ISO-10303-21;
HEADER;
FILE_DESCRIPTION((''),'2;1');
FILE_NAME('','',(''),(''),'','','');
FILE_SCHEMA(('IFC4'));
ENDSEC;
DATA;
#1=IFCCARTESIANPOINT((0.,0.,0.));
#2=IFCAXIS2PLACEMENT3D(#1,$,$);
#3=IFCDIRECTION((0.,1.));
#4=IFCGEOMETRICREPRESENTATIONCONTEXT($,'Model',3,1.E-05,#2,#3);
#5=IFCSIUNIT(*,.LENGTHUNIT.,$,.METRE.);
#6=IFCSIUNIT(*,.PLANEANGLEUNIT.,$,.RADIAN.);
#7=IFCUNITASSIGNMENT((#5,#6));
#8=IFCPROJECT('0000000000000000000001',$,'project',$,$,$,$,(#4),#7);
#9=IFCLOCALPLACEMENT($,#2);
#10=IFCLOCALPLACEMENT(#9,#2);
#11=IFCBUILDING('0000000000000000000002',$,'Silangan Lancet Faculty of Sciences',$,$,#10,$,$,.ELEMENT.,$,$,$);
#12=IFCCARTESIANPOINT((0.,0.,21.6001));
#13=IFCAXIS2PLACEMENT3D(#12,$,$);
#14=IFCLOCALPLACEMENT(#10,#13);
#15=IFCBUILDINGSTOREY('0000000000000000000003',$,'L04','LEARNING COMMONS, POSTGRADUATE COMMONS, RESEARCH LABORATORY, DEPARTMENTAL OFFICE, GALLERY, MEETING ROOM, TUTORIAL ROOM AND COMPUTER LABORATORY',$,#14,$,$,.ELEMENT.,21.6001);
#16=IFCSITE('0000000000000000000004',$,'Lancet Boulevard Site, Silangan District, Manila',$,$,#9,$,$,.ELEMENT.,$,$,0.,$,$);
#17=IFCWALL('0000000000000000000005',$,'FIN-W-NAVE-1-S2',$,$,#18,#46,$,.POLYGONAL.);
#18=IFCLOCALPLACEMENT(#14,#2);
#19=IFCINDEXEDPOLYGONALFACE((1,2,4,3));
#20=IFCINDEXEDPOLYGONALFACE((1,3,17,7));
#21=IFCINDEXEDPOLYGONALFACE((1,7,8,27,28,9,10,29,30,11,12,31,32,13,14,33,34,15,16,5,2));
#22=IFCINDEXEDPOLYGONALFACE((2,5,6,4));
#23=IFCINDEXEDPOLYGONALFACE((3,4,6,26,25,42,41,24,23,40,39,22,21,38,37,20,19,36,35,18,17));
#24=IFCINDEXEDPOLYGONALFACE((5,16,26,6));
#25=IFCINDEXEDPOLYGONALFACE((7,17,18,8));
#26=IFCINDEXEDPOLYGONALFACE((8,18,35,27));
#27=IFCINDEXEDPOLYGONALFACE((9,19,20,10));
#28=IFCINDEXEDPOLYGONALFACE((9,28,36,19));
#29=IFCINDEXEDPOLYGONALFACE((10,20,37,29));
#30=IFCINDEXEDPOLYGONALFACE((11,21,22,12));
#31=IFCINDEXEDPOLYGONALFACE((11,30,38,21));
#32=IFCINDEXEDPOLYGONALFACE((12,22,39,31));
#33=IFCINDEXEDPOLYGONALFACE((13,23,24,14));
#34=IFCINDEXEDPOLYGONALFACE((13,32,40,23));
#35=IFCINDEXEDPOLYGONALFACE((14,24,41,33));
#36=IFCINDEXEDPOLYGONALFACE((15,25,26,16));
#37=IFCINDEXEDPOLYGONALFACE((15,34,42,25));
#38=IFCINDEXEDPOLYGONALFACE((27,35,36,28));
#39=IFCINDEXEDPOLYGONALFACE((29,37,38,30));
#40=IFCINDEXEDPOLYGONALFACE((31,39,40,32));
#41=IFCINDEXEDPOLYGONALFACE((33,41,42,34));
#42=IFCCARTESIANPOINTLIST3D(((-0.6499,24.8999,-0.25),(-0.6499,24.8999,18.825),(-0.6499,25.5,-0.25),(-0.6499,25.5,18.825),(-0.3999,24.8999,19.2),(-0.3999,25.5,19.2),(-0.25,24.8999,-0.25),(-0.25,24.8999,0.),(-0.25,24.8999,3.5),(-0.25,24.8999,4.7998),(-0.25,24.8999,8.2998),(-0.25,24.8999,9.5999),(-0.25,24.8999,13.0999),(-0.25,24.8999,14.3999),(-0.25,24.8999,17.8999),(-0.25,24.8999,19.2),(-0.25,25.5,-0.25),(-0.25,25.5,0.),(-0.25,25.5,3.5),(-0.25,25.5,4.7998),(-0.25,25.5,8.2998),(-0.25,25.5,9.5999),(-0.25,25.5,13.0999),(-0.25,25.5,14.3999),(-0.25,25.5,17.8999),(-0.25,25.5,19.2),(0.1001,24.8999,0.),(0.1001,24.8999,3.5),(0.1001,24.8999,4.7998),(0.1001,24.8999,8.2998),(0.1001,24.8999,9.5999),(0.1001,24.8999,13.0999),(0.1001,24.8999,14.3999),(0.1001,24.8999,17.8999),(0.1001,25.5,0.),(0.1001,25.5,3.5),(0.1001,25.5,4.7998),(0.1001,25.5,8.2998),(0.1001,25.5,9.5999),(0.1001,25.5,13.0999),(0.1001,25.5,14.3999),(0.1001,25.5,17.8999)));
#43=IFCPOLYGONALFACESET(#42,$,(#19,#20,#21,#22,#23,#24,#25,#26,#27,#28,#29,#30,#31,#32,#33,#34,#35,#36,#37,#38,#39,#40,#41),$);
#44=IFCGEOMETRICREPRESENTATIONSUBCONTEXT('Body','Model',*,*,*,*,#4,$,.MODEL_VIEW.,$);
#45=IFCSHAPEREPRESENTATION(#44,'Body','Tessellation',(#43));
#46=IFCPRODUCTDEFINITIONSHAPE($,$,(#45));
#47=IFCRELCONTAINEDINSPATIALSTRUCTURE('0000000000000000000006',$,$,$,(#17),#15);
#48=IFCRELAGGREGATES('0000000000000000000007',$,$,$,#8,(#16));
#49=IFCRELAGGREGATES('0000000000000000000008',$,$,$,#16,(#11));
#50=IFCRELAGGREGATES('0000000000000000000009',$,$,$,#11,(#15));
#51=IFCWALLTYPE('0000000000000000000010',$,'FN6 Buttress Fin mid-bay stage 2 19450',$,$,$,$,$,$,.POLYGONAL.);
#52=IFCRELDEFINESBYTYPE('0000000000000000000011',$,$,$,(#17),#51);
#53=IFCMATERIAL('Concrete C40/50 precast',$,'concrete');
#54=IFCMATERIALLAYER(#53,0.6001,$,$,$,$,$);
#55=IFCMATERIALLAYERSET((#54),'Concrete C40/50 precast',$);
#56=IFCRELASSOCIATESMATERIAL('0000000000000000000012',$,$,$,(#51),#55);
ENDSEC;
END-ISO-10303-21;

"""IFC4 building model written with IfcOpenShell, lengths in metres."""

from ifc_helpers import new_model, si_unit, direction, frame, origin, place, context, subcontext, project, spatial, polyline, outline, extrude, material, layer, layer_set, type_object, element, save


model = new_model("IFC4")

# Units and contexts
model_context = context("Model", 3, precision=1e-05, world=origin(), true_north=direction((0.0, 1.0)))
body_context = subcontext(model_context, "Body", "Model", "MODEL_VIEW")
ifc_project = project(units=[si_unit("LENGTHUNIT", "METRE"), si_unit("PLANEANGLEUNIT", "RADIAN")], contexts=[model_context])

# Site, building, storey
site_placement = place(None, origin())
site = spatial("IfcSite", under=ifc_project, at=site_placement, Name="Lancet Boulevard Site, Silangan District, Manila", CompositionType="ELEMENT", RefElevation=0.0)
building_placement = place(site_placement, origin())
building = spatial("IfcBuilding", under=site, at=building_placement, Name="Silangan Lancet Faculty of Sciences", CompositionType="ELEMENT")
storey_placement = place(building_placement, frame((0.0, 0.0, 21.6001)))
storey = spatial("IfcBuildingStorey", under=building, at=storey_placement, Name="L04", Description="LEARNING COMMONS, POSTGRADUATE COMMONS, RESEARCH LABORATORY, DEPARTMENTAL OFFICE, GALLERY, MEETING ROOM, TUTORIAL ROOM AND COMPUTER LABORATORY", CompositionType="ELEMENT", Elevation=21.6001)

# Wall
ifc_material_1 = material(Name="Concrete C40/50 precast", Category="concrete")
ifc_layer_1 = layer(ifc_material_1, 0.6001)
ifc_layer_set_1 = layer_set([ifc_layer_1], Name="Concrete C40/50 precast")
wall_type_1 = type_object("IfcWallType", Name="FN6 Buttress Fin mid-bay stage 2 19450", PredefinedType="POLYGONAL", material=ifc_layer_set_1)
wall_1_placement = place(storey_placement, frame((0.1001, 25.2, -0.25), z_axis=(0.0, 0.0, 1.0), x_axis=(-1.0, 0.0, 0.0)))
element("IfcWall", 1, at=wall_1_placement, inside=storey, type_object=wall_type_1, Name="FIN-W-NAVE-1-S2", PredefinedType="POLYGONAL", context=body_context, shape_type="SweptSolid", body=[
    extrude(outline(polyline([(0.75, 0.0), (0.75, 19.075), (0.5, 19.45), (0.3501, 19.45), (0.3501, 18.1499), (0.0, 18.1499), (0.0, 14.6499), (0.3501, 14.6499), (0.3501, 13.3499), (0.0, 13.3499), (0.0, 9.8499), (0.3501, 9.8499), (0.3501, 8.5498), (0.0, 8.5498), (0.0, 5.0498), (0.3501, 5.0498), (0.3501, 3.75), (0.0, 3.75), (0.0, 0.25), (0.3501, 0.25), (0.3501, 0.0), (0.75, 0.0)])), frame((0.0, 0.3, 0.0), z_axis=(0.0, -1.0, 0.0), x_axis=(1.0, 0.0, 0.0)), (0.0, 0.0, 1.0), 0.6001),
])

save(model, "model.ifc")
